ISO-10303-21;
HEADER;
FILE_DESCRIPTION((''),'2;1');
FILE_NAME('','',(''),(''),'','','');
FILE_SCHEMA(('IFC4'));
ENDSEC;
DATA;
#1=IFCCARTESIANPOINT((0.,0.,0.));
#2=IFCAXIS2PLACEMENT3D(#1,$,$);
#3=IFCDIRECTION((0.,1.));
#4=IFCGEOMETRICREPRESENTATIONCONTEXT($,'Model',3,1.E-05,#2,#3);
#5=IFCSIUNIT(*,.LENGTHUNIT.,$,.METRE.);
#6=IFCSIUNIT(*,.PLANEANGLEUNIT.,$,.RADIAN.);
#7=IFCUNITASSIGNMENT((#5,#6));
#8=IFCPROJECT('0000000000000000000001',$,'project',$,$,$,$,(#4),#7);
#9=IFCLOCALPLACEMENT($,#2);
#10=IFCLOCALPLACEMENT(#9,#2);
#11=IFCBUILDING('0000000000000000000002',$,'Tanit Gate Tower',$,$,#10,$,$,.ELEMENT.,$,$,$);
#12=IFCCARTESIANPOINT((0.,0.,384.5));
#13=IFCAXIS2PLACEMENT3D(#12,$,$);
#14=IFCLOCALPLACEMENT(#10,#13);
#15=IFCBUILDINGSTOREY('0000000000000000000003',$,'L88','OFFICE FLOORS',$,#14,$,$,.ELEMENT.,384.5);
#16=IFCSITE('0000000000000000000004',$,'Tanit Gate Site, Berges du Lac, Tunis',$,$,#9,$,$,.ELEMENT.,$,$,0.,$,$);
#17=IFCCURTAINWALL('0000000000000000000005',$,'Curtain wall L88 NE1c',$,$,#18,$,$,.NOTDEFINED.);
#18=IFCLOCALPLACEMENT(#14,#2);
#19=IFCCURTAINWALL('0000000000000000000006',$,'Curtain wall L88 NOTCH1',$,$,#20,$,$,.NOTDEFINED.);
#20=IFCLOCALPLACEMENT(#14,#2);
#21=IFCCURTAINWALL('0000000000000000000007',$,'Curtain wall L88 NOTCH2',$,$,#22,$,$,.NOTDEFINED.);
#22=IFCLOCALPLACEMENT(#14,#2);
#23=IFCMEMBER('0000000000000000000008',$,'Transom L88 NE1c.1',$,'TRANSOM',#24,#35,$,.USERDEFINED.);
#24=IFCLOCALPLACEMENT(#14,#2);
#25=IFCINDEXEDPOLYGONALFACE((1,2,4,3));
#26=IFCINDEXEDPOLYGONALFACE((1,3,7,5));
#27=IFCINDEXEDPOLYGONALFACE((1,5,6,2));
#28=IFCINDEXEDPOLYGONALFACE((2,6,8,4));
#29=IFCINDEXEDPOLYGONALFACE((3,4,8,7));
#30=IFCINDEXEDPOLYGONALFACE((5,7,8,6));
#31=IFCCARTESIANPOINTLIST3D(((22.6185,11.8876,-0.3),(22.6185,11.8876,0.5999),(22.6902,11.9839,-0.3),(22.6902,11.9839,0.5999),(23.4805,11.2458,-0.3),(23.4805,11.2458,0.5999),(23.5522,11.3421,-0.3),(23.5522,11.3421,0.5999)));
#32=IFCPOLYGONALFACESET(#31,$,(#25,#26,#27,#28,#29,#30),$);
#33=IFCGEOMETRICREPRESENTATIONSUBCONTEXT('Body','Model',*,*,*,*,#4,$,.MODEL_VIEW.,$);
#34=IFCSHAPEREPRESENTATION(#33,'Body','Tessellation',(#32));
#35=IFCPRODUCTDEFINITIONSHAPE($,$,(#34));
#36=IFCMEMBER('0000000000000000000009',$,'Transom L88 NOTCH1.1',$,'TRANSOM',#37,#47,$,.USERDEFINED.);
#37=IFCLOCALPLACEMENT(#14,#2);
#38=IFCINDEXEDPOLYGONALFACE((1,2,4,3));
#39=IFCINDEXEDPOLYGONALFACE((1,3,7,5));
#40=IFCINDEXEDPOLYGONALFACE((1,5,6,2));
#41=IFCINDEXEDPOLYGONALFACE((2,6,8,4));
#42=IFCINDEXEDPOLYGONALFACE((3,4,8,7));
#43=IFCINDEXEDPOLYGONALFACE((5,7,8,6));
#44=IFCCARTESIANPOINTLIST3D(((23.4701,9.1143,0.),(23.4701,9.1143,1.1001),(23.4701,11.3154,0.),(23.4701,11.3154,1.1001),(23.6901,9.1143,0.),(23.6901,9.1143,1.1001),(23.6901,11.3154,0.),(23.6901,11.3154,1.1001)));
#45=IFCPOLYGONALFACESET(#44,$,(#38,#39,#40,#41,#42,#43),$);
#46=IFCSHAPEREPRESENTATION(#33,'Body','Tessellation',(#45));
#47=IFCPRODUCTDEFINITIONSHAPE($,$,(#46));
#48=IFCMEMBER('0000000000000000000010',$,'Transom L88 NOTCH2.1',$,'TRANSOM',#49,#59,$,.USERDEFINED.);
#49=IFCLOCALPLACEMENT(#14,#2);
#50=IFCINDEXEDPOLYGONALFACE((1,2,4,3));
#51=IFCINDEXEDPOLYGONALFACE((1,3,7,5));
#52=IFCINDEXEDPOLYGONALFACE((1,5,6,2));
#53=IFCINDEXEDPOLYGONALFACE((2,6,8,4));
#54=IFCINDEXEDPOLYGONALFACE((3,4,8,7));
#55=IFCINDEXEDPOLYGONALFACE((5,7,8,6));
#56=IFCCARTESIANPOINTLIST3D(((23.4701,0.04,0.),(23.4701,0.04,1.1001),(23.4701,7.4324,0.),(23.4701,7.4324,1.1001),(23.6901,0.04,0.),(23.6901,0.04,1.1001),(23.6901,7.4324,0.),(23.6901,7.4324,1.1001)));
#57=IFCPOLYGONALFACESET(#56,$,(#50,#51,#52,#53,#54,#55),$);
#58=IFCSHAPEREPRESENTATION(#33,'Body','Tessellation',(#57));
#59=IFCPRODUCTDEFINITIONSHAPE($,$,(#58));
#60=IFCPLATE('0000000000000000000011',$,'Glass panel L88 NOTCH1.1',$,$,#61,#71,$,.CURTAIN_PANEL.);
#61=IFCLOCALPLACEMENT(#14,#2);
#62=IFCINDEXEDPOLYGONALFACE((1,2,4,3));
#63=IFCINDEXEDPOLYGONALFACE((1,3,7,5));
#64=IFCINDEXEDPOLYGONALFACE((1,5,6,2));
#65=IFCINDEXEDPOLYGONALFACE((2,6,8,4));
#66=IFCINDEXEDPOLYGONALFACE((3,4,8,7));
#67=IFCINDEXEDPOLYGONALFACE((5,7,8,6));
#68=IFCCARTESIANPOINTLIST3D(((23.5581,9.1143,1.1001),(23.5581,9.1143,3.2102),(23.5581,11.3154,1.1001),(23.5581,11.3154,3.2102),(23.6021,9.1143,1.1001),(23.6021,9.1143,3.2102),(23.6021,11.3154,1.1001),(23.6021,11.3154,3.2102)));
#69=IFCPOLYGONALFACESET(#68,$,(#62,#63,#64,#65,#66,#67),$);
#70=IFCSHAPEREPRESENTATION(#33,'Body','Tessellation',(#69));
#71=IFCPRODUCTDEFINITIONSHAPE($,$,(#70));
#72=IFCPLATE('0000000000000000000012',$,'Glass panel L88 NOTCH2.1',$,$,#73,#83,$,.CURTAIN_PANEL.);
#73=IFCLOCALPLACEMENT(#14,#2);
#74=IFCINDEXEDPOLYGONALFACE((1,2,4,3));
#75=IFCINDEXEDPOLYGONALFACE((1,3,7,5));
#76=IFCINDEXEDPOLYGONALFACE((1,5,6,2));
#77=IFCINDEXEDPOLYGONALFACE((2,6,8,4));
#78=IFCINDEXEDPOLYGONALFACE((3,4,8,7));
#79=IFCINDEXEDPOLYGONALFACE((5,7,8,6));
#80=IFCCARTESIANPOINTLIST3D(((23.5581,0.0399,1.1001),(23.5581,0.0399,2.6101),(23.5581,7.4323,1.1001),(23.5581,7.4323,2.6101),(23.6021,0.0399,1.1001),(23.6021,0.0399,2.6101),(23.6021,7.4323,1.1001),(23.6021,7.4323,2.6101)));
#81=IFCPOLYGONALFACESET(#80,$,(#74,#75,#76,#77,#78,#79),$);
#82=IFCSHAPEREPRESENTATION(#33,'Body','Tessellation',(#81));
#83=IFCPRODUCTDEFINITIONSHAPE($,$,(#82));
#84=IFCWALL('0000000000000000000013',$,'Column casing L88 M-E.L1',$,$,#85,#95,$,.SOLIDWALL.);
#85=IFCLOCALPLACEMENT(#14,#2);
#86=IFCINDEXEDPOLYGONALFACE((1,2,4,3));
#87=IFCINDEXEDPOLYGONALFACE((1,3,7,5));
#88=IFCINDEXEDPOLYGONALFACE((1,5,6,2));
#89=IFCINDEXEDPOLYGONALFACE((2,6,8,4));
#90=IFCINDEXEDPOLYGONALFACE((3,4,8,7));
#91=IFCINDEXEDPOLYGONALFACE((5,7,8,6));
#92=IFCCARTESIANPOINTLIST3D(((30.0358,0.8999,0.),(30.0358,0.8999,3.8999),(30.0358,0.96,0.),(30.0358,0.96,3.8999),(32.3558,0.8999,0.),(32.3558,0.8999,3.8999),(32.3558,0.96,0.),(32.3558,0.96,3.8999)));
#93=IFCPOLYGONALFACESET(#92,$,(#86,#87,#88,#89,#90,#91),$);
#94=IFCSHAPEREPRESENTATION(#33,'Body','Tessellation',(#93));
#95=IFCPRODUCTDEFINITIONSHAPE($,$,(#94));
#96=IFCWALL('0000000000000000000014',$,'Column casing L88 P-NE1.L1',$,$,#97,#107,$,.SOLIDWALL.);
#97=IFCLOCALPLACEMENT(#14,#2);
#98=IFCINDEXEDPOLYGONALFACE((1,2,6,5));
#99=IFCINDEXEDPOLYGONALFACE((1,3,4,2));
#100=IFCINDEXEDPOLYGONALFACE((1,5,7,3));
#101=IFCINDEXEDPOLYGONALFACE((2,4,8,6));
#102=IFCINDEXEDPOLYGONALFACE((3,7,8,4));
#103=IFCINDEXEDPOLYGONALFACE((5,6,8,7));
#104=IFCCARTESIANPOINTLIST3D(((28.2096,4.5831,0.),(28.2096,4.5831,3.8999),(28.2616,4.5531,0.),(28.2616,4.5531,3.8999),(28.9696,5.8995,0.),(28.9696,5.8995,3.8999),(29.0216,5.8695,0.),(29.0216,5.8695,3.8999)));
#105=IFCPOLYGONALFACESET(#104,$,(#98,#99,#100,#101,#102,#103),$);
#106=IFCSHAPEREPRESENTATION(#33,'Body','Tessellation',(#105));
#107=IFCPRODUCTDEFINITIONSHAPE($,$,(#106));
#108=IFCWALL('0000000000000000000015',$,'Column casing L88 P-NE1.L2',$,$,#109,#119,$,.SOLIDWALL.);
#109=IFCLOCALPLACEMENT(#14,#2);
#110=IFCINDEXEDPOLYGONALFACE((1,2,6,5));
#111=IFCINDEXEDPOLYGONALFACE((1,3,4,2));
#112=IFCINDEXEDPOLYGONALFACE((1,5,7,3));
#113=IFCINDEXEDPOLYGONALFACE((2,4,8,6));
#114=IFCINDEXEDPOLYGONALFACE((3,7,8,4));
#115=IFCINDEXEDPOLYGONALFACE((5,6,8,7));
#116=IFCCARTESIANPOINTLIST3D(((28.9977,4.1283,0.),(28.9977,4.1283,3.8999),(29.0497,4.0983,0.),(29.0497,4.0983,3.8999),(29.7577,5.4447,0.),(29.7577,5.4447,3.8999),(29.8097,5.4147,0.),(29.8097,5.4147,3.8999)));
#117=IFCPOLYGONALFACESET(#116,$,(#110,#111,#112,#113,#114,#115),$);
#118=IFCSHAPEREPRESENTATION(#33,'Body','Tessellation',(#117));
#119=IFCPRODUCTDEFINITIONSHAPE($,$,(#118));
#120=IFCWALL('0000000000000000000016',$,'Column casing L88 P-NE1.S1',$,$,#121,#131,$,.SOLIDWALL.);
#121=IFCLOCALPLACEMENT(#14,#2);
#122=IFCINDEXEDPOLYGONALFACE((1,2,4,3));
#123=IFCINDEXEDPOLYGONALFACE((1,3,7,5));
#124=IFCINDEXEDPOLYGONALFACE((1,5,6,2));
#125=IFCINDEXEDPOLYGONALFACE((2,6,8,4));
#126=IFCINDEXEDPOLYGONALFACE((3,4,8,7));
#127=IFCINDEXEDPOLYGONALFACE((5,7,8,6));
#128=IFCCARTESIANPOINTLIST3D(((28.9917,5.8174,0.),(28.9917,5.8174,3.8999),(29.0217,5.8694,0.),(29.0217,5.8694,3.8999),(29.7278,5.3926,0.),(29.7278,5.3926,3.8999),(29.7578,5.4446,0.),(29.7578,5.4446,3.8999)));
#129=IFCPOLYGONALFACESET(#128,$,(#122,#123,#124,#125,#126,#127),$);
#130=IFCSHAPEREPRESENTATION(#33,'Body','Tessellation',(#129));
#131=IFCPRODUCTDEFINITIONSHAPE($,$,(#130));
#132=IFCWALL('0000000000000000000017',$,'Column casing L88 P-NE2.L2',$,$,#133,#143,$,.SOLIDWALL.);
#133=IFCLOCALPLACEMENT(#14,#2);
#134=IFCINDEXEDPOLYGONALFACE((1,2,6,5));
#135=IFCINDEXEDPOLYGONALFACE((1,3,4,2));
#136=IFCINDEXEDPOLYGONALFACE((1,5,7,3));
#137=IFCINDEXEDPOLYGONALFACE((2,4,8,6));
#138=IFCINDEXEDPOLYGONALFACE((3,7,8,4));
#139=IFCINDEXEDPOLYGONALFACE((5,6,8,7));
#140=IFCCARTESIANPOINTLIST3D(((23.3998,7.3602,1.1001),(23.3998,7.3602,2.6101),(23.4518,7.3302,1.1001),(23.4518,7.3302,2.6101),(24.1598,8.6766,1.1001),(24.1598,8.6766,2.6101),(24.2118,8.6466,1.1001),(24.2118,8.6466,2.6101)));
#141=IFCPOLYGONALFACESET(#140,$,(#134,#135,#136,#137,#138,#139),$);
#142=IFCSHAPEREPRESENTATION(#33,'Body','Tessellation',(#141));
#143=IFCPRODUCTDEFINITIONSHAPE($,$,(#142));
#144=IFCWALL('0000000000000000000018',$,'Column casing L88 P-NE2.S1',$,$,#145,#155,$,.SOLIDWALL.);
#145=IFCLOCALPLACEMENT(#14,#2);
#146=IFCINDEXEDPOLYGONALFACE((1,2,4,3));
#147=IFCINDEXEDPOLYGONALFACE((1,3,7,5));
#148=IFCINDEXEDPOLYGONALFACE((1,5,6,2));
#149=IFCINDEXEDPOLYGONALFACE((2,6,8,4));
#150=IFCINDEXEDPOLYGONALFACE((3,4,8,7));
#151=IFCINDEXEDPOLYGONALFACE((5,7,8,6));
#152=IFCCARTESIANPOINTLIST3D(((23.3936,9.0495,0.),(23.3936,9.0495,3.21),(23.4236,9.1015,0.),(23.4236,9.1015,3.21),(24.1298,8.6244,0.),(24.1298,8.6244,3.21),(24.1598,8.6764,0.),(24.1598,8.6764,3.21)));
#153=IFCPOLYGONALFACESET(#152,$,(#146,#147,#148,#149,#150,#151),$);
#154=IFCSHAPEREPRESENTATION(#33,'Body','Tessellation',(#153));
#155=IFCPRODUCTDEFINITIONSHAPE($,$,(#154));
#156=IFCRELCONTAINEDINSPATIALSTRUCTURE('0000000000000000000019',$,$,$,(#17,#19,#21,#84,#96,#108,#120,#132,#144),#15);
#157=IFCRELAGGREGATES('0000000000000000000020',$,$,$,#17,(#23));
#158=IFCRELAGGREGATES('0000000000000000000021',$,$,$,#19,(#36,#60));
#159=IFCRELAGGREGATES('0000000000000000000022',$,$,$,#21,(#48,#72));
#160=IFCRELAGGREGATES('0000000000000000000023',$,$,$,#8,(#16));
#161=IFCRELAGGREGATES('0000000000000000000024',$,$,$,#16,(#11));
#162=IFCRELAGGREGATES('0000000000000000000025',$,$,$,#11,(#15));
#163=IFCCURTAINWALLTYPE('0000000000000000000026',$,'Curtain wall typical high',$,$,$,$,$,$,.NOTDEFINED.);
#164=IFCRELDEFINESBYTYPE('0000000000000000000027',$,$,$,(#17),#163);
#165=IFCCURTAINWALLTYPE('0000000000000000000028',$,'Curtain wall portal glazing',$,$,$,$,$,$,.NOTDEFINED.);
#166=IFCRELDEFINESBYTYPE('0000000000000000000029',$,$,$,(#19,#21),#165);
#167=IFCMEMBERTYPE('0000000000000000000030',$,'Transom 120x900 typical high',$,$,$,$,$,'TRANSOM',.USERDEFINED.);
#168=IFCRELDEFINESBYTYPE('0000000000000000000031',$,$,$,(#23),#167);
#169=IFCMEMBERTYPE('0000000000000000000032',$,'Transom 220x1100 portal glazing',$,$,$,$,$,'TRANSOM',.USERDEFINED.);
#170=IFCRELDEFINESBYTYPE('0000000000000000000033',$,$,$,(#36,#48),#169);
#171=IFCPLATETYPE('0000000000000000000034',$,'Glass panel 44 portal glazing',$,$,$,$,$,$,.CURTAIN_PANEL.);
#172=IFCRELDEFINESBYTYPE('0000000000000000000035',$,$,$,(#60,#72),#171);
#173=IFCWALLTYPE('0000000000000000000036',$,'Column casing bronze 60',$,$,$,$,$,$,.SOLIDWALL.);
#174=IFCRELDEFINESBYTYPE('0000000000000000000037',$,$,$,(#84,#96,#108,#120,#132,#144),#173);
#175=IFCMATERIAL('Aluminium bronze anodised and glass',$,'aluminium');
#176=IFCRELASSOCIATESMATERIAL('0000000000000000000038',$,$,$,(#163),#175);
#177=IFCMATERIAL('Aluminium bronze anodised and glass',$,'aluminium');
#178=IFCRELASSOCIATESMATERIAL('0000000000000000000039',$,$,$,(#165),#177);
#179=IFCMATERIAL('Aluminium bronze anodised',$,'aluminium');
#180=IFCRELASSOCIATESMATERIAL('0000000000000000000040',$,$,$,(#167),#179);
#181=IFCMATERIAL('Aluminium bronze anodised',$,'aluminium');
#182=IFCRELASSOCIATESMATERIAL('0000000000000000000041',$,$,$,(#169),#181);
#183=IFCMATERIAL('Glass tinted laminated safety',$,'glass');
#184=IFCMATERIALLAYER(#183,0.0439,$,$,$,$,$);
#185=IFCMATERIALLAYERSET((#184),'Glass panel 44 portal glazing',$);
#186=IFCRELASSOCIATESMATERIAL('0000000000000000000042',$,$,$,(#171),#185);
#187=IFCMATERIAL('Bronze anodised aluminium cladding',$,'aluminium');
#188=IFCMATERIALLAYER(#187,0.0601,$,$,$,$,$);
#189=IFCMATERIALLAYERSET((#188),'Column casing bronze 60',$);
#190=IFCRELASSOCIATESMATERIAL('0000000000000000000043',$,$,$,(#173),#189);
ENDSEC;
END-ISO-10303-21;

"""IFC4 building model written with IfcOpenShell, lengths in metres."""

from ifc_helpers import new_model, si_unit, direction, frame, frame_2d, origin, origin_2d, place, context, subcontext, project, spatial, rectangle, extrude, material, layer, layer_set, material_profile, profile_set, type_object, element, aggregate, save


model = new_model("IFC4")

# Units and contexts
model_context = context("Model", 3, precision=1e-05, world=origin(), true_north=direction((0.0, 1.0)))
body_context = subcontext(model_context, "Body", "Model", "MODEL_VIEW")
ifc_project = project(units=[si_unit("LENGTHUNIT", "METRE"), si_unit("PLANEANGLEUNIT", "RADIAN")], contexts=[model_context])

# Site, building, storey
site_placement = place(None, origin())
site = spatial("IfcSite", under=ifc_project, at=site_placement, Name="Tanit Gate Site, Berges du Lac, Tunis", CompositionType="ELEMENT", RefElevation=0.0)
building_placement = place(site_placement, origin())
building = spatial("IfcBuilding", under=site, at=building_placement, Name="Tanit Gate Tower", CompositionType="ELEMENT")
storey_placement = place(building_placement, frame((0.0, 0.0, 384.5)))
storey = spatial("IfcBuildingStorey", under=building, at=storey_placement, Name="L88", Description="OFFICE FLOORS", CompositionType="ELEMENT", Elevation=384.5)

# Curtain wall
ifc_material_1 = material(Name="Aluminium bronze anodised and glass", Category="aluminium")
curtain_wall_type_1 = type_object("IfcCurtainWallType", Name="Curtain wall typical high", PredefinedType="NOTDEFINED", material=ifc_material_1)
curtain_wall_1_placement = place(storey_placement, origin())
curtain_wall_1 = element("IfcCurtainWall", 1, at=curtain_wall_1_placement, inside=storey, type_object=curtain_wall_type_1, Name="Curtain wall L88 NE1c", PredefinedType="NOTDEFINED")

# Curtain walls
ifc_material_2 = material(Name="Aluminium bronze anodised and glass", Category="aluminium")
curtain_wall_type_2 = type_object("IfcCurtainWallType", Name="Curtain wall portal glazing", PredefinedType="NOTDEFINED", material=ifc_material_2)
curtain_wall_2_placement = place(storey_placement, origin())
curtain_wall_2 = element("IfcCurtainWall", 2, at=curtain_wall_2_placement, inside=storey, type_object=curtain_wall_type_2, Name="Curtain wall L88 NOTCH1", PredefinedType="NOTDEFINED")
curtain_wall_3_placement = place(storey_placement, origin())
curtain_wall_3 = element("IfcCurtainWall", 3, at=curtain_wall_3_placement, inside=storey, type_object=curtain_wall_type_2, Name="Curtain wall L88 NOTCH2", PredefinedType="NOTDEFINED")

# Members
ifc_material_3 = material(Name="Aluminium bronze anodised", Category="aluminium")
ifc_material_profile_1 = material_profile(ifc_material_3, rectangle(XDim=0.1201, YDim=0.8999, at=origin_2d()), Name="120x900 bronze transom")
ifc_profile_set_1 = profile_set([ifc_material_profile_1], Name="Aluminium bronze anodised")
member_type_1 = type_object("IfcMemberType", Name="Transom 120x900 typical high", ElementType="TRANSOM", PredefinedType="USERDEFINED", material=ifc_profile_set_1)
member_1_placement = place(storey_placement, frame((23.5164, 11.2939, 0.1499), z_axis=(-0.802094, 0.597198, 0.0), x_axis=(-0.597198, -0.802094, 0.0)))
member_1 = element("IfcMember", 4, at=member_1_placement, type_object=member_type_1, Name="Transom L88 NE1c.1", ObjectType="TRANSOM", PredefinedType="USERDEFINED", context=body_context, shape_type="SweptSolid", body=[
    extrude(rectangle(XDim=0.1201, YDim=0.8999, at=origin_2d()), origin(), (0.0, 0.0, 1.0), 1.0747),
])
aggregate(curtain_wall_1, [member_1])
ifc_material_4 = material(Name="Aluminium bronze anodised", Category="aluminium")
ifc_material_profile_2 = material_profile(ifc_material_4, rectangle(XDim=0.22, YDim=1.1001, at=origin_2d()), Name="220x1100 bronze transom")
ifc_profile_set_2 = profile_set([ifc_material_profile_2], Name="Aluminium bronze anodised")
member_type_2 = type_object("IfcMemberType", Name="Transom 220x1100 portal glazing", ElementType="TRANSOM", PredefinedType="USERDEFINED", material=ifc_profile_set_2)
member_2_placement = place(storey_placement, frame((23.5801, 11.3154, 0.55), z_axis=(0.0, -1.0, 0.0), x_axis=(1.0, 0.0, 0.0)))
member_2 = element("IfcMember", 5, at=member_2_placement, type_object=member_type_2, Name="Transom L88 NOTCH1.1", ObjectType="TRANSOM", PredefinedType="USERDEFINED", context=body_context, shape_type="SweptSolid", body=[
    extrude(rectangle(XDim=0.22, YDim=1.1001, at=origin_2d()), origin(), (0.0, 0.0, 1.0), 2.2012),
])
member_3_placement = place(storey_placement, frame((23.5801, 7.4324, 0.55), z_axis=(0.0, -1.0, 0.0), x_axis=(1.0, 0.0, 0.0)))
member_3 = element("IfcMember", 6, at=member_3_placement, type_object=member_type_2, Name="Transom L88 NOTCH2.1", ObjectType="TRANSOM", PredefinedType="USERDEFINED", context=body_context, shape_type="SweptSolid", body=[
    extrude(rectangle(XDim=0.22, YDim=1.1001, at=origin_2d()), origin(), (0.0, 0.0, 1.0), 7.3923),
])

# Plates
ifc_material_5 = material(Name="Glass tinted laminated safety", Category="glass")
ifc_layer_1 = layer(ifc_material_5, 0.0439)
ifc_layer_set_1 = layer_set([ifc_layer_1], Name="Glass panel 44 portal glazing")
plate_type = type_object("IfcPlateType", Name="Glass panel 44 portal glazing", PredefinedType="CURTAIN_PANEL", material=ifc_layer_set_1)
plate_1_placement = place(storey_placement, frame((23.5801, 10.2148, 1.1001), z_axis=(0.0, 0.0, 1.0), x_axis=(0.0, -1.0, 0.0)))
plate_1 = element("IfcPlate", 7, at=plate_1_placement, type_object=plate_type, Name="Glass panel L88 NOTCH1.1", PredefinedType="CURTAIN_PANEL", context=body_context, shape_type="SweptSolid", body=[
    extrude(rectangle(XDim=2.2012, YDim=0.0439, at=origin_2d()), origin(), (0.0, 0.0, 1.0), 2.1101),
])
aggregate(curtain_wall_2, [member_2, plate_1])
plate_2_placement = place(storey_placement, frame((23.5801, 3.7361, 1.1001), z_axis=(0.0, 0.0, 1.0), x_axis=(0.0, -1.0, 0.0)))
plate_2 = element("IfcPlate", 8, at=plate_2_placement, type_object=plate_type, Name="Glass panel L88 NOTCH2.1", PredefinedType="CURTAIN_PANEL", context=body_context, shape_type="SweptSolid", body=[
    extrude(rectangle(XDim=7.3923, YDim=0.0439, at=origin_2d()), origin(), (0.0, 0.0, 1.0), 1.51),
])
aggregate(curtain_wall_3, [member_3, plate_2])

# Walls
ifc_material_6 = material(Name="Bronze anodised aluminium cladding", Category="aluminium")
ifc_layer_2 = layer(ifc_material_6, 0.0601)
ifc_layer_set_2 = layer_set([ifc_layer_2], Name="Column casing bronze 60")
wall_type = type_object("IfcWallType", Name="Column casing bronze 60", PredefinedType="SOLIDWALL", material=ifc_layer_set_2)
wall_1_placement = place(storey_placement, frame((30.0356, 0.9299, 0.0), z_axis=(0.0, 0.0, 1.0), x_axis=(1.0, 0.0, 0.0)))
element("IfcWall", 9, at=wall_1_placement, inside=storey, type_object=wall_type, Name="Column casing L88 M-E.L1", PredefinedType="SOLIDWALL", context=body_context, shape_type="SweptSolid", body=[
    extrude(rectangle(XDim=2.3201, YDim=0.0601, at=frame_2d((1.1602, 0.0))), origin(), (0.0, 0.0, 1.0), 3.8999),
])
for number, where, z_axis, x_axis, name in (
    (10, (28.2356, 4.5681, 0.0), (0.0, 0.0, 1.0), (0.499991, 0.86603, 0.0), "Column casing L88 P-NE1.L1"),
    (11, (29.0237, 4.1133, 0.0), (0.0, 0.0, 1.0), (0.499991, 0.86603, 0.0), "Column casing L88 P-NE1.L2"),
):
    element("IfcWall", number, at=place(storey_placement, frame(where, z_axis=z_axis, x_axis=x_axis)), inside=storey, type_object=wall_type, Name=name, PredefinedType="SOLIDWALL", context=body_context, shape_type="SweptSolid", body=[
        extrude(rectangle(XDim=1.52, YDim=0.0601, at=frame_2d((0.76, 0.0))), origin(), (0.0, 0.0, 1.0), 3.8999),
    ])
wall_2_placement = place(storey_placement, frame((29.7427, 5.4187, 0.0), z_axis=(0.0, 0.0, 1.0), x_axis=(-0.866114, 0.499847, 0.0)))
element("IfcWall", 12, at=wall_2_placement, inside=storey, type_object=wall_type, Name="Column casing L88 P-NE1.S1", PredefinedType="SOLIDWALL", context=body_context, shape_type="SweptSolid", body=[
    extrude(rectangle(XDim=0.8499, YDim=0.0601, at=frame_2d((0.4248, 0.0))), origin(), (0.0, 0.0, 1.0), 3.8999),
])
wall_3_placement = place(storey_placement, frame((23.4258, 7.3452, 1.1001), z_axis=(0.0, 0.0, 1.0), x_axis=(0.499991, 0.86603, 0.0)))
element("IfcWall", 13, at=wall_3_placement, inside=storey, type_object=wall_type, Name="Column casing L88 P-NE2.L2", PredefinedType="SOLIDWALL", context=body_context, shape_type="SweptSolid", body=[
    extrude(rectangle(XDim=1.52, YDim=0.0601, at=frame_2d((0.76, 0.0))), origin(), (0.0, 0.0, 1.0), 1.51),
])
wall_4_placement = place(storey_placement, frame((24.1448, 8.6504, 0.0), z_axis=(0.0, 0.0, 1.0), x_axis=(-0.865989, 0.500062, 0.0)))
element("IfcWall", 14, at=wall_4_placement, inside=storey, type_object=wall_type, Name="Column casing L88 P-NE2.S1", PredefinedType="SOLIDWALL", context=body_context, shape_type="SweptSolid", body=[
    extrude(rectangle(XDim=0.8501, YDim=0.0601, at=frame_2d((0.425, 0.0))), origin(), (0.0, 0.0, 1.0), 3.21),
])

save(model, "model.ifc")
